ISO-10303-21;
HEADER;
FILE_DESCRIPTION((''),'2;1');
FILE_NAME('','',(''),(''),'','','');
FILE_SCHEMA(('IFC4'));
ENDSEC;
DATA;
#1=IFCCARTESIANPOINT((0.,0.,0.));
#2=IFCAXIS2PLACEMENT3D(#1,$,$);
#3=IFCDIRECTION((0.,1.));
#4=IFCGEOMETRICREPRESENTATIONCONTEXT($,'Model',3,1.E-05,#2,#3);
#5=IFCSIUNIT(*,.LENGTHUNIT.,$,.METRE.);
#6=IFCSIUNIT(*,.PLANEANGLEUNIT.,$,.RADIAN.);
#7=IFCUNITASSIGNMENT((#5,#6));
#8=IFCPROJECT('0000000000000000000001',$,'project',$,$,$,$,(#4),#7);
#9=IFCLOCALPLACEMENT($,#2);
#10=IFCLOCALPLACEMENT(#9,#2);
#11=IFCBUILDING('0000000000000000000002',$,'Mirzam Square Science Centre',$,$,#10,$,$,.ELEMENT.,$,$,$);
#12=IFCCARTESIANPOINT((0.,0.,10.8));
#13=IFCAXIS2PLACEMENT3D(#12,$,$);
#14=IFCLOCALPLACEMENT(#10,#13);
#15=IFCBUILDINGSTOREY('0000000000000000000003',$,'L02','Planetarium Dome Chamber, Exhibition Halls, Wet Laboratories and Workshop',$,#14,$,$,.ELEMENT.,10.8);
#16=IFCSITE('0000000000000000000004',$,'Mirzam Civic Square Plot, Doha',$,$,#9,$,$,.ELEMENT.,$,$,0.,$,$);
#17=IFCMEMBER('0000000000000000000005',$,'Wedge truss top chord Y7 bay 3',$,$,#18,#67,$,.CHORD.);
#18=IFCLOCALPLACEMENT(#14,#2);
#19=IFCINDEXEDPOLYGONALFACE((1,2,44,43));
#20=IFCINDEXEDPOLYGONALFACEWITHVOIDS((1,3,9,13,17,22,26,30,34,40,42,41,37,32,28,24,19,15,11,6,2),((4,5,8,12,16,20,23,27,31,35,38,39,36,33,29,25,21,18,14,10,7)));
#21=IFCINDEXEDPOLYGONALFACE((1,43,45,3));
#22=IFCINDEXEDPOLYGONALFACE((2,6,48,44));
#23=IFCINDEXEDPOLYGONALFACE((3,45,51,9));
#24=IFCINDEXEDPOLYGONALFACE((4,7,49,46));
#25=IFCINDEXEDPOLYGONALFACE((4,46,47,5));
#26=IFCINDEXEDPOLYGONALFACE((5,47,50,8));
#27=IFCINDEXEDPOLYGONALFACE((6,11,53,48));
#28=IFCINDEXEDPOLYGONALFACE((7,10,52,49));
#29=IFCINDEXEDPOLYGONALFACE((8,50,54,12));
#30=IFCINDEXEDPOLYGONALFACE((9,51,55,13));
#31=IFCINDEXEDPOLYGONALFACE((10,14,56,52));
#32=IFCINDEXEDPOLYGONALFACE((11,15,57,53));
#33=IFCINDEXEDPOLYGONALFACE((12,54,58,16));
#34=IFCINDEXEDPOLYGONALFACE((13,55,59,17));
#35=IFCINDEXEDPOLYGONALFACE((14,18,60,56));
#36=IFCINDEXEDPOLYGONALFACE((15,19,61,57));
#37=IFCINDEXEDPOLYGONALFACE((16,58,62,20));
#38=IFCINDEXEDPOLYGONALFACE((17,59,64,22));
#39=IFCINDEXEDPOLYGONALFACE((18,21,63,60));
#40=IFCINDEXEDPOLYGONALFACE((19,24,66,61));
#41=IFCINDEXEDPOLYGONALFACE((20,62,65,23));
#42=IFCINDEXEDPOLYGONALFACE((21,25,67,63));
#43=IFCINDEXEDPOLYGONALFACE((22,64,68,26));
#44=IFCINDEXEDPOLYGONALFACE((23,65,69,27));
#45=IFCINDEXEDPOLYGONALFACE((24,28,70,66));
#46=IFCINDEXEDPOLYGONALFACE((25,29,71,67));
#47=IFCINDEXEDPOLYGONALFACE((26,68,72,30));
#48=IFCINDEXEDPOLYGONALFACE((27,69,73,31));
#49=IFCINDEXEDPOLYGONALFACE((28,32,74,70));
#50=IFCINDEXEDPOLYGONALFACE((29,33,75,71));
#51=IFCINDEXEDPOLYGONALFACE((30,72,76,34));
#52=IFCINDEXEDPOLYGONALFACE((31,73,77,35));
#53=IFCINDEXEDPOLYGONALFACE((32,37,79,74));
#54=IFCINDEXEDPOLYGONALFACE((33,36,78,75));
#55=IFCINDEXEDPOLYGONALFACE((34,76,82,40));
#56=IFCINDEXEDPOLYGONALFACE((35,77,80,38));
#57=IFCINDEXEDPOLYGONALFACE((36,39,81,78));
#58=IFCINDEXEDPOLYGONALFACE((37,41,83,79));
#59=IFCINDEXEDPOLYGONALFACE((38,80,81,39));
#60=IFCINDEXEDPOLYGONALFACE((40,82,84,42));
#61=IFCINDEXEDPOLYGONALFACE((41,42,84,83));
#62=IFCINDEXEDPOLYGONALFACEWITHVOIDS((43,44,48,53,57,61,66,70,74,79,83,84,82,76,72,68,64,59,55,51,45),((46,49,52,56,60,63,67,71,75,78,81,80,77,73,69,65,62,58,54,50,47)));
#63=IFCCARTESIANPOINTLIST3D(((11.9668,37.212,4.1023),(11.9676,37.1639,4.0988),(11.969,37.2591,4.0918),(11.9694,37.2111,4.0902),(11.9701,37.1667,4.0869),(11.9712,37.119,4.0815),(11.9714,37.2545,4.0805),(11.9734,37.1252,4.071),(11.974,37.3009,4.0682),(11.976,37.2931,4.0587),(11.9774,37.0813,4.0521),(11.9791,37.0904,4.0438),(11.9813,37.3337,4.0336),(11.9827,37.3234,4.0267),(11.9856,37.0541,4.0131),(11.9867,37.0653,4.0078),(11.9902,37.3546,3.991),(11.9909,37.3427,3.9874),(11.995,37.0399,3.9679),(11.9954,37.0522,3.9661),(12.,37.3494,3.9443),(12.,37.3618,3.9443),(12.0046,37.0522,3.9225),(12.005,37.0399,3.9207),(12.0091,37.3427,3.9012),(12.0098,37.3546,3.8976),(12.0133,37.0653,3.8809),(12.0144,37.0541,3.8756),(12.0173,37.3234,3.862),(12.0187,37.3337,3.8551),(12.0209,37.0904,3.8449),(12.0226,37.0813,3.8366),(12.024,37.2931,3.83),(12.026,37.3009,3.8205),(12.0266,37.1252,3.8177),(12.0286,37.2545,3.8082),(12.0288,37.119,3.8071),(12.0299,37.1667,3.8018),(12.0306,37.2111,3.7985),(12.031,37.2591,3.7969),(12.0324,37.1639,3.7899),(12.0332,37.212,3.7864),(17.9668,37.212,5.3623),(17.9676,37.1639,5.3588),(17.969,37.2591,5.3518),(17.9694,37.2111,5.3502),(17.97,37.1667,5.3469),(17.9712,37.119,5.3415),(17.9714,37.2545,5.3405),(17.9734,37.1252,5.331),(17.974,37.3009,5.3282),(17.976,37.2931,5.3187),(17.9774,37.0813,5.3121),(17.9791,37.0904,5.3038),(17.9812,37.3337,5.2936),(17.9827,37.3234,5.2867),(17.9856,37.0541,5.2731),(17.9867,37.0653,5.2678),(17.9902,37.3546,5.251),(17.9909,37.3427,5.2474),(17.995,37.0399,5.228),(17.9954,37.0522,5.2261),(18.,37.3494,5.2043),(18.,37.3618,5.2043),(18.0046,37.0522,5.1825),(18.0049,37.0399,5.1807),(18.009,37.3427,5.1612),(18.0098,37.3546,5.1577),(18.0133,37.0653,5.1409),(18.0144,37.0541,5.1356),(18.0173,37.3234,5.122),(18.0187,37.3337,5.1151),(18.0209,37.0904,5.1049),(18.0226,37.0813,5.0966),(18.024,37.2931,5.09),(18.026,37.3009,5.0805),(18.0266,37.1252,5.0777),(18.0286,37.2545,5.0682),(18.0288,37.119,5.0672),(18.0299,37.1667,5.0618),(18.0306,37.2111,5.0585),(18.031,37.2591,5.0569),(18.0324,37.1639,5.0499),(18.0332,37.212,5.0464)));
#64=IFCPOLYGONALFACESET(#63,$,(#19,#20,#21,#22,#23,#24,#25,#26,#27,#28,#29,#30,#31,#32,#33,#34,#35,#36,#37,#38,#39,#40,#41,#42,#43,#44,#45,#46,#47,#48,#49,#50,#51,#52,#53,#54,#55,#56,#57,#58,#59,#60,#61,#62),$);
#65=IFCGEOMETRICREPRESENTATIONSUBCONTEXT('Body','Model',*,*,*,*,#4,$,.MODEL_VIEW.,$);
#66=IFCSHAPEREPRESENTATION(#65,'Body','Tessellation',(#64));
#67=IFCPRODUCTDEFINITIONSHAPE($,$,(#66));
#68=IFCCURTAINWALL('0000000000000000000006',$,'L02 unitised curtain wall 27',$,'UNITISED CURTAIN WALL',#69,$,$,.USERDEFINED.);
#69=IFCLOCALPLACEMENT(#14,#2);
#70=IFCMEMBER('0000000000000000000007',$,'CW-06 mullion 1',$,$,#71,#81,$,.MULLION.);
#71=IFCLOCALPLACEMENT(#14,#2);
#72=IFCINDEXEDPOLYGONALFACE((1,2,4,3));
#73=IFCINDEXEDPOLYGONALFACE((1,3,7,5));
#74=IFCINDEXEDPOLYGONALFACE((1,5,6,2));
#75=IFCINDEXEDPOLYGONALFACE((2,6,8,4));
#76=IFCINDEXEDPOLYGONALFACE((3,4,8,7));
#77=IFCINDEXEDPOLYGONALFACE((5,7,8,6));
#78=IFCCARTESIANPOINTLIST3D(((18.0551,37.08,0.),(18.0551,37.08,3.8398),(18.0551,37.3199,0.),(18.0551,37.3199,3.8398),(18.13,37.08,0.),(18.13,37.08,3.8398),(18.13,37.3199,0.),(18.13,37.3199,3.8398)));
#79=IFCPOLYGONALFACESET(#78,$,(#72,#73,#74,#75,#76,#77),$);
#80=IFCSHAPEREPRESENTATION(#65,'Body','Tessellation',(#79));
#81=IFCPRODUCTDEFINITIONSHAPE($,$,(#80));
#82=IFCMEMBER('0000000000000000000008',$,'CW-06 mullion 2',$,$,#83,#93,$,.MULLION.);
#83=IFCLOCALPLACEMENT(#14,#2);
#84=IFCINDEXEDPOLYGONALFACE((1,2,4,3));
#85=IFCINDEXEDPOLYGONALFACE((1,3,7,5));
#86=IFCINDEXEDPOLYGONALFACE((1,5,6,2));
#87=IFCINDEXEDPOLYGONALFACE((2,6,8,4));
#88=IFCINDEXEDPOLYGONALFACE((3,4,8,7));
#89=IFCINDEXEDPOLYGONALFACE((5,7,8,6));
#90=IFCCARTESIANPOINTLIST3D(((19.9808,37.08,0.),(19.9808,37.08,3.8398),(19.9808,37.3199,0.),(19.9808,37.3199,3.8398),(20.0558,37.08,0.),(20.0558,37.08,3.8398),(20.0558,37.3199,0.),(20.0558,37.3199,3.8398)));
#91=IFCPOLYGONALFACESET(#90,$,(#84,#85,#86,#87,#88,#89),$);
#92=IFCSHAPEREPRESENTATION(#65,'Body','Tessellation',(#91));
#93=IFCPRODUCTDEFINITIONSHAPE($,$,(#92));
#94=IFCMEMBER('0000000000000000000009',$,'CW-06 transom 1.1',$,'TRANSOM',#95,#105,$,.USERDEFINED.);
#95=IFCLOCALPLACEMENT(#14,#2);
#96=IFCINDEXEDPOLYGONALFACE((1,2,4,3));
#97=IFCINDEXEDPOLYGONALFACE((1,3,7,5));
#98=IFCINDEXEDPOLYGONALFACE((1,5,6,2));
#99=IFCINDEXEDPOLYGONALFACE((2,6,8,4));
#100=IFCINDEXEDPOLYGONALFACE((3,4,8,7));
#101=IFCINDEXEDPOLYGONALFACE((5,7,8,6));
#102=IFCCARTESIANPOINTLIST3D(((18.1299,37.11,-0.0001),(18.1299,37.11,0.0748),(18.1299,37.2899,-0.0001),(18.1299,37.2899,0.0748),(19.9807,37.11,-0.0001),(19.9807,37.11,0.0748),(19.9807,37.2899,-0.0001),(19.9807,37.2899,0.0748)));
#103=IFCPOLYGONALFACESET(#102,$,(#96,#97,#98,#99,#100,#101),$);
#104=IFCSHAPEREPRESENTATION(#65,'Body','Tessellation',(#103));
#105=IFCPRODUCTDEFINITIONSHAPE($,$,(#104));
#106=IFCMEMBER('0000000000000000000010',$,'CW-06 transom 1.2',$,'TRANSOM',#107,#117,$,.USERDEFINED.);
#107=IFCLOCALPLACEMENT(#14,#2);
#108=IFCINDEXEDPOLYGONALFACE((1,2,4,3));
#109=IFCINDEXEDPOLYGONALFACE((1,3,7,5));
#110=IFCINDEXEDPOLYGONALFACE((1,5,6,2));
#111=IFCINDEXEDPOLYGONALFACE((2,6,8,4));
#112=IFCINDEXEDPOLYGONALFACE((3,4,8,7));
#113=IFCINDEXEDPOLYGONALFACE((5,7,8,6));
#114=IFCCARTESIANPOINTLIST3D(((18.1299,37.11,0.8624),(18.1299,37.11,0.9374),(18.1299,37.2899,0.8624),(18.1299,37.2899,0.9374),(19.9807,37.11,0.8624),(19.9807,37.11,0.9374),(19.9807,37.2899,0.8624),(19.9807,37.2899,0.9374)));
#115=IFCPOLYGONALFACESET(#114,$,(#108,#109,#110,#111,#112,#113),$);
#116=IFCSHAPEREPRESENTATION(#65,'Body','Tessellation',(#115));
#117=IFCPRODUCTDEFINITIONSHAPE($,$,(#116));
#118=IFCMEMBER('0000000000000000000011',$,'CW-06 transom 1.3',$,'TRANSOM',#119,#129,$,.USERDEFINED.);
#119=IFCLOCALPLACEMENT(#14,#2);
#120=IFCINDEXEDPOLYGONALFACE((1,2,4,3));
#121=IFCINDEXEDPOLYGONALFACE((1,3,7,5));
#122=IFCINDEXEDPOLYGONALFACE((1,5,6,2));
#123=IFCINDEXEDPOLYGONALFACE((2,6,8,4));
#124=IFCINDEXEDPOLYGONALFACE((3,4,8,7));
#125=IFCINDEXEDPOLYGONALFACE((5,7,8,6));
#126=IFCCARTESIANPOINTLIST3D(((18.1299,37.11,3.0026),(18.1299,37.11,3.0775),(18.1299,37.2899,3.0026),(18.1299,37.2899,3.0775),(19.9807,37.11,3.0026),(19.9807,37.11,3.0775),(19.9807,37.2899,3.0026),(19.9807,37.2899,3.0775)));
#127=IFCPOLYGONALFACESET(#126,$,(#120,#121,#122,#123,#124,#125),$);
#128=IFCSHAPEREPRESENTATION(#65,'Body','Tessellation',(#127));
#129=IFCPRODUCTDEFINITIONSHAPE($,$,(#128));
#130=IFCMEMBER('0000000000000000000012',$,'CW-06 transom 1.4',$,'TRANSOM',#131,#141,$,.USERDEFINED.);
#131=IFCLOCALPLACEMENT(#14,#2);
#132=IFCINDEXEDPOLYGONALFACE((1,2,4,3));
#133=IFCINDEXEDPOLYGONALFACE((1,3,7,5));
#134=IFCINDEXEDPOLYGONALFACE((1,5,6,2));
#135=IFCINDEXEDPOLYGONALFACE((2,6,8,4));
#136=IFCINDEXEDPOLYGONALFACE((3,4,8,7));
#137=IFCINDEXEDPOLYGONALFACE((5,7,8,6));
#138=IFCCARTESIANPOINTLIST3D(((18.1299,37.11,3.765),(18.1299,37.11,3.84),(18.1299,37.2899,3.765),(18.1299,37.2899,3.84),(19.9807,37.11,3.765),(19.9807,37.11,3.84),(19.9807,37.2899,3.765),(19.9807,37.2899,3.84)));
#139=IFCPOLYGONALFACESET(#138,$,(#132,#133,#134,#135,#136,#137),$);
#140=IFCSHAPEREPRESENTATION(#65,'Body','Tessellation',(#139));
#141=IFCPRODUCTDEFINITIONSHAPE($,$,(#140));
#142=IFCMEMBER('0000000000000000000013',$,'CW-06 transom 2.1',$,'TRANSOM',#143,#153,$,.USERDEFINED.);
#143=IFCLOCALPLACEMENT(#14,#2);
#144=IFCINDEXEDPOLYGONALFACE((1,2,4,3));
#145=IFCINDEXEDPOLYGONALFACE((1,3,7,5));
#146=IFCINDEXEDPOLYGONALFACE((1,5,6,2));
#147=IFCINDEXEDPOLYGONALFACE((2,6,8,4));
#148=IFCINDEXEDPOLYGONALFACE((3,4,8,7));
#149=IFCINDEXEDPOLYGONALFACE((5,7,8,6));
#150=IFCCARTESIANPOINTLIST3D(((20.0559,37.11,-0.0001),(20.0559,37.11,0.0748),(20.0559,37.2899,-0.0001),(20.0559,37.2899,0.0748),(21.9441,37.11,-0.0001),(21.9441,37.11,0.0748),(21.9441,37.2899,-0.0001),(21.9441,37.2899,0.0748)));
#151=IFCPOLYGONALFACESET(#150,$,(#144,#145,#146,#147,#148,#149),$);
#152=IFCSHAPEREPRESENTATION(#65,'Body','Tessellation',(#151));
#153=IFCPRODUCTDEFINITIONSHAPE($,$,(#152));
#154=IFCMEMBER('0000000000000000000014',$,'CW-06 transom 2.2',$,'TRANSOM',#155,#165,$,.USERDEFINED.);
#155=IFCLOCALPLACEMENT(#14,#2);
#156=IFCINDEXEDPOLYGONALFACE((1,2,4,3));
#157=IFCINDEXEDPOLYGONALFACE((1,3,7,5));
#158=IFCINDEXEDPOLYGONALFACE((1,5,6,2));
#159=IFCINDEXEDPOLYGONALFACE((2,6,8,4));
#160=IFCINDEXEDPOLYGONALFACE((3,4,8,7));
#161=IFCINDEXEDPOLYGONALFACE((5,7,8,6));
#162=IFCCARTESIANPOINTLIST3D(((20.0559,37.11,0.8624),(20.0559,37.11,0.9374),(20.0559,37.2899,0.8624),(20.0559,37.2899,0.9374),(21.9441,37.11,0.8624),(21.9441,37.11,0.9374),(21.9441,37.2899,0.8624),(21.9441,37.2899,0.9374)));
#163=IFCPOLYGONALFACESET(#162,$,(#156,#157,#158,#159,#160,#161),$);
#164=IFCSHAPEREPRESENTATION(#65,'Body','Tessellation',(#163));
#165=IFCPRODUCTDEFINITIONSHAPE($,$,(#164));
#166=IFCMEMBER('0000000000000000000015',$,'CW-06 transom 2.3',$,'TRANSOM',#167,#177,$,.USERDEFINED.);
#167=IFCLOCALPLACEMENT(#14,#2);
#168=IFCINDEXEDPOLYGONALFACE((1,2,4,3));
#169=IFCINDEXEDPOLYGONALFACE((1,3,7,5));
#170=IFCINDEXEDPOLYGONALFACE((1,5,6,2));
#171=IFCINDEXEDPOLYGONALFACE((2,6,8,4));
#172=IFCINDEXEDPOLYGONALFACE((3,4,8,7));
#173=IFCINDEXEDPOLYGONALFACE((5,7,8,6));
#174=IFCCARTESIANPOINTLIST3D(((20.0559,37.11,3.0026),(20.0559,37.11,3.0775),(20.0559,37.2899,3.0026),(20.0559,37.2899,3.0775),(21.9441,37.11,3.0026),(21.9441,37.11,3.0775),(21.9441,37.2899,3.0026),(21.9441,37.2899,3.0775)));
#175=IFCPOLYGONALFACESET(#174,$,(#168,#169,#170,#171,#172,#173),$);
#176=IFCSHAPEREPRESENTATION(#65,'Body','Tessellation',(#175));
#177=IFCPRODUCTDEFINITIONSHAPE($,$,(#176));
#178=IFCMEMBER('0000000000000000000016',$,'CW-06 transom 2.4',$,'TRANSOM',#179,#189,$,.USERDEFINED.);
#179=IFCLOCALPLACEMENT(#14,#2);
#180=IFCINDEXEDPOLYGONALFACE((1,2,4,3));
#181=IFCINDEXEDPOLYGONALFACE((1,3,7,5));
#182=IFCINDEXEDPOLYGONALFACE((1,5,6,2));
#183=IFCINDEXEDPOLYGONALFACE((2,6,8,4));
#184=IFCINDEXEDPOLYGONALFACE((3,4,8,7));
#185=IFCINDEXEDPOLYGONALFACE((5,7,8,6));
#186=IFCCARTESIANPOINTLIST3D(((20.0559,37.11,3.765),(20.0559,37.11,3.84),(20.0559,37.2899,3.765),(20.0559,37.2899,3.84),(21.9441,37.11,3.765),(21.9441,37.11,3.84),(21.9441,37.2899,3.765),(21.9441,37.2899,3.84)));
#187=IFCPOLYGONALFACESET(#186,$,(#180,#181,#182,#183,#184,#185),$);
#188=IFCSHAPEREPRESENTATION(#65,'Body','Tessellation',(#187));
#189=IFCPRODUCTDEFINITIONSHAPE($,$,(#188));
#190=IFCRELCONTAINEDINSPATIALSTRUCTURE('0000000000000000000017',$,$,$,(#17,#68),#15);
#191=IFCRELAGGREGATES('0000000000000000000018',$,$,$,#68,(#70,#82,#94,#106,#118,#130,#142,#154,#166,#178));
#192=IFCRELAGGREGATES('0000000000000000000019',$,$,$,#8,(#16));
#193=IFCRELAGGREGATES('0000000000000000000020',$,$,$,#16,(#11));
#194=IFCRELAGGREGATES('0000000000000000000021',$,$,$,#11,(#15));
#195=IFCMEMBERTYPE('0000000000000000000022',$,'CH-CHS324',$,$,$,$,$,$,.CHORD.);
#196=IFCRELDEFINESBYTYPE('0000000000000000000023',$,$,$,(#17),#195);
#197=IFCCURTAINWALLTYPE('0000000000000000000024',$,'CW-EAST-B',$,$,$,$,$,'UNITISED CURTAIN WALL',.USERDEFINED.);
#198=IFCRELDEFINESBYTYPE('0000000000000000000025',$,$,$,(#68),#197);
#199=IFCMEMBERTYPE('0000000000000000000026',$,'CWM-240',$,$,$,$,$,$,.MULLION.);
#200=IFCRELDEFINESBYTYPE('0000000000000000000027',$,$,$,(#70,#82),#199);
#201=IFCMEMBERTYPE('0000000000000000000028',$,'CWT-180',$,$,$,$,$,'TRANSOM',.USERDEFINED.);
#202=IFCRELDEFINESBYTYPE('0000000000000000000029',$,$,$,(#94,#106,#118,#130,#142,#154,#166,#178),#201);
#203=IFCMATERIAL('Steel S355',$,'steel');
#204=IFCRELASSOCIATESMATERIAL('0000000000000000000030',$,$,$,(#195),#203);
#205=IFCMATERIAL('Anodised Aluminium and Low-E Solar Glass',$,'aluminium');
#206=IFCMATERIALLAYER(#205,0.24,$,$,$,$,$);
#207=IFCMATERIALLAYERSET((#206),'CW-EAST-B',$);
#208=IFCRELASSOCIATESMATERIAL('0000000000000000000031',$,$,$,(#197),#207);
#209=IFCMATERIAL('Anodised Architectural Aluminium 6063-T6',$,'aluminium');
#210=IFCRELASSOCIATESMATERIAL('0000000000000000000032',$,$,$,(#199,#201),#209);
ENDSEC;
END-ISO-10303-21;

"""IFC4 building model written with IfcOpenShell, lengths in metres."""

from ifc_helpers import new_model, si_unit, direction, frame, origin, origin_2d, place, context, subcontext, project, spatial, rectangle, hollow_circle, extrude, material, layer, layer_set, material_profile, profile_set, type_object, element, aggregate, save


model = new_model("IFC4")

# Units and contexts
model_context = context("Model", 3, precision=1e-05, world=origin(), true_north=direction((0.0, 1.0)))
body_context = subcontext(model_context, "Body", "Model", "MODEL_VIEW")
ifc_project = project(units=[si_unit("LENGTHUNIT", "METRE"), si_unit("PLANEANGLEUNIT", "RADIAN")], contexts=[model_context])

# Site, building, storey
site_placement = place(None, origin())
site = spatial("IfcSite", under=ifc_project, at=site_placement, Name="Mirzam Civic Square Plot, Doha", CompositionType="ELEMENT", RefElevation=0.0)
building_placement = place(site_placement, origin())
building = spatial("IfcBuilding", under=site, at=building_placement, Name="Mirzam Square Science Centre", CompositionType="ELEMENT")
storey_placement = place(building_placement, frame((0.0, 0.0, 10.8)))
storey = spatial("IfcBuildingStorey", under=building, at=storey_placement, Name="L02", Description="Planetarium Dome Chamber, Exhibition Halls, Wet Laboratories and Workshop", CompositionType="ELEMENT", Elevation=10.8)

# Shared definitions
ifc_material_1 = material(Name="Steel S355", Category="steel")

# Member
ifc_material_profile_1 = material_profile(ifc_material_1, hollow_circle(Radius=0.1619, WallThickness=0.0125, at=origin_2d()), Name="323.9x12.5CHS")
ifc_profile_set_1 = profile_set([ifc_material_profile_1], Name="Steel S355")
member_type_1 = type_object("IfcMemberType", Name="CH-CHS324", PredefinedType="CHORD", material=ifc_profile_set_1)
for number, where, z_axis, x_axis, name in (
    (1, (12.0, 37.2, 3.9443), (0.978653, 0.0, 0.205519), (0.0, 1.0, 0.0), "Wedge truss top chord Y7 bay 3"),
):
    element("IfcMember", number, at=place(storey_placement, frame(where, z_axis=z_axis, x_axis=x_axis)), inside=storey, type_object=member_type_1, Name=name, PredefinedType="CHORD", context=body_context, shape_type="SweptSolid", body=[
        extrude(hollow_circle(Radius=0.1619, WallThickness=0.0125, at=origin_2d()), origin(), (0.0, 0.0, 1.0), 6.1309),
    ])

# Curtain wall, members
ifc_material_2 = material(Name="Anodised Aluminium and Low-E Solar Glass", Category="aluminium")
ifc_layer_1 = layer(ifc_material_2, 0.24)
ifc_layer_set_1 = layer_set([ifc_layer_1], Name="CW-EAST-B")
curtain_wall_type = type_object("IfcCurtainWallType", Name="CW-EAST-B", ElementType="UNITISED CURTAIN WALL", PredefinedType="USERDEFINED", material=ifc_layer_set_1)
curtain_wall_placement = place(storey_placement, origin())
curtain_wall = element("IfcCurtainWall", 2, at=curtain_wall_placement, inside=storey, type_object=curtain_wall_type, Name="L02 unitised curtain wall 27", ObjectType="UNITISED CURTAIN WALL", PredefinedType="USERDEFINED")
ifc_material_3 = material(Name="Anodised Architectural Aluminium 6063-T6", Category="aluminium")
ifc_material_profile_2 = material_profile(ifc_material_3, rectangle(XDim=0.075, YDim=0.24, at=origin_2d()), Name="ALU-MULL-240x75x5")
ifc_profile_set_2 = profile_set([ifc_material_profile_2], Name="Anodised Architectural Aluminium 6063-T6")
member_type_2 = type_object("IfcMemberType", Name="CWM-240", PredefinedType="MULLION", material=ifc_profile_set_2)
member_1_placement = place(storey_placement, frame((18.0925, 37.2, 0.0), z_axis=(0.0, 0.0, 1.0), x_axis=(1.0, 0.0, 0.0)))
member_1 = element("IfcMember", 3, at=member_1_placement, type_object=member_type_2, Name="CW-06 mullion 1", PredefinedType="MULLION", context=body_context, shape_type="SweptSolid", body=[
    extrude(rectangle(XDim=0.075, YDim=0.24, at=origin_2d()), origin(), (0.0, 0.0, 1.0), 3.8398),
])
member_2_placement = place(storey_placement, frame((20.0183, 37.2, 0.0), z_axis=(0.0, 0.0, 1.0), x_axis=(1.0, 0.0, 0.0)))
member_2 = element("IfcMember", 4, at=member_2_placement, type_object=member_type_2, Name="CW-06 mullion 2", PredefinedType="MULLION", context=body_context, shape_type="SweptSolid", body=[
    extrude(rectangle(XDim=0.075, YDim=0.24, at=origin_2d()), origin(), (0.0, 0.0, 1.0), 3.8398),
])
ifc_material_profile_3 = material_profile(ifc_material_3, rectangle(XDim=0.1799, YDim=0.075, at=origin_2d()), Name="ALU-TRAN-180x75x5")
ifc_profile_set_3 = profile_set([ifc_material_profile_3], Name="Anodised Architectural Aluminium 6063-T6")
member_type_3 = type_object("IfcMemberType", Name="CWT-180", ElementType="TRANSOM", PredefinedType="USERDEFINED", material=ifc_profile_set_3)
member_3_placement = place(storey_placement, frame((18.1299, 37.2, 0.0374), z_axis=(1.0, 0.0, 0.0), x_axis=(0.0, 1.0, 0.0)))
member_3 = element("IfcMember", 5, at=member_3_placement, type_object=member_type_3, Name="CW-06 transom 1.1", ObjectType="TRANSOM", PredefinedType="USERDEFINED", context=body_context, shape_type="SweptSolid", body=[
    extrude(rectangle(XDim=0.1799, YDim=0.075, at=origin_2d()), origin(), (0.0, 0.0, 1.0), 1.8508),
])
member_4_placement = place(storey_placement, frame((18.1299, 37.2, 0.8999), z_axis=(1.0, 0.0, 0.0), x_axis=(0.0, 1.0, 0.0)))
member_4 = element("IfcMember", 6, at=member_4_placement, type_object=member_type_3, Name="CW-06 transom 1.2", ObjectType="TRANSOM", PredefinedType="USERDEFINED", context=body_context, shape_type="SweptSolid", body=[
    extrude(rectangle(XDim=0.1799, YDim=0.075, at=origin_2d()), origin(), (0.0, 0.0, 1.0), 1.8508),
])
member_5_placement = place(storey_placement, frame((18.1299, 37.2, 3.04), z_axis=(1.0, 0.0, 0.0), x_axis=(0.0, 1.0, 0.0)))
member_5 = element("IfcMember", 7, at=member_5_placement, type_object=member_type_3, Name="CW-06 transom 1.3", ObjectType="TRANSOM", PredefinedType="USERDEFINED", context=body_context, shape_type="SweptSolid", body=[
    extrude(rectangle(XDim=0.1799, YDim=0.075, at=origin_2d()), origin(), (0.0, 0.0, 1.0), 1.8508),
])
member_6_placement = place(storey_placement, frame((18.1299, 37.2, 3.8025), z_axis=(1.0, 0.0, 0.0), x_axis=(0.0, 1.0, 0.0)))
member_6 = element("IfcMember", 8, at=member_6_placement, type_object=member_type_3, Name="CW-06 transom 1.4", ObjectType="TRANSOM", PredefinedType="USERDEFINED", context=body_context, shape_type="SweptSolid", body=[
    extrude(rectangle(XDim=0.1799, YDim=0.075, at=origin_2d()), origin(), (0.0, 0.0, 1.0), 1.8508),
])
member_7_placement = place(storey_placement, frame((20.0559, 37.2, 0.0374), z_axis=(1.0, 0.0, 0.0), x_axis=(0.0, 1.0, 0.0)))
member_7 = element("IfcMember", 9, at=member_7_placement, type_object=member_type_3, Name="CW-06 transom 2.1", ObjectType="TRANSOM", PredefinedType="USERDEFINED", context=body_context, shape_type="SweptSolid", body=[
    extrude(rectangle(XDim=0.1799, YDim=0.075, at=origin_2d()), origin(), (0.0, 0.0, 1.0), 1.8882),
])
member_8_placement = place(storey_placement, frame((20.0559, 37.2, 0.8999), z_axis=(1.0, 0.0, 0.0), x_axis=(0.0, 1.0, 0.0)))
member_8 = element("IfcMember", 10, at=member_8_placement, type_object=member_type_3, Name="CW-06 transom 2.2", ObjectType="TRANSOM", PredefinedType="USERDEFINED", context=body_context, shape_type="SweptSolid", body=[
    extrude(rectangle(XDim=0.1799, YDim=0.075, at=origin_2d()), origin(), (0.0, 0.0, 1.0), 1.8882),
])
member_9_placement = place(storey_placement, frame((20.0559, 37.2, 3.04), z_axis=(1.0, 0.0, 0.0), x_axis=(0.0, 1.0, 0.0)))
member_9 = element("IfcMember", 11, at=member_9_placement, type_object=member_type_3, Name="CW-06 transom 2.3", ObjectType="TRANSOM", PredefinedType="USERDEFINED", context=body_context, shape_type="SweptSolid", body=[
    extrude(rectangle(XDim=0.1799, YDim=0.075, at=origin_2d()), origin(), (0.0, 0.0, 1.0), 1.8882),
])
member_10_placement = place(storey_placement, frame((20.0559, 37.2, 3.8025), z_axis=(1.0, 0.0, 0.0), x_axis=(0.0, 1.0, 0.0)))
member_10 = element("IfcMember", 12, at=member_10_placement, type_object=member_type_3, Name="CW-06 transom 2.4", ObjectType="TRANSOM", PredefinedType="USERDEFINED", context=body_context, shape_type="SweptSolid", body=[
    extrude(rectangle(XDim=0.1799, YDim=0.075, at=origin_2d()), origin(), (0.0, 0.0, 1.0), 1.8882),
])

aggregate(curtain_wall, [member_1, member_2, member_3, member_4, member_5, member_6, member_7, member_8, member_9, member_10])

save(model, "model.ifc")
